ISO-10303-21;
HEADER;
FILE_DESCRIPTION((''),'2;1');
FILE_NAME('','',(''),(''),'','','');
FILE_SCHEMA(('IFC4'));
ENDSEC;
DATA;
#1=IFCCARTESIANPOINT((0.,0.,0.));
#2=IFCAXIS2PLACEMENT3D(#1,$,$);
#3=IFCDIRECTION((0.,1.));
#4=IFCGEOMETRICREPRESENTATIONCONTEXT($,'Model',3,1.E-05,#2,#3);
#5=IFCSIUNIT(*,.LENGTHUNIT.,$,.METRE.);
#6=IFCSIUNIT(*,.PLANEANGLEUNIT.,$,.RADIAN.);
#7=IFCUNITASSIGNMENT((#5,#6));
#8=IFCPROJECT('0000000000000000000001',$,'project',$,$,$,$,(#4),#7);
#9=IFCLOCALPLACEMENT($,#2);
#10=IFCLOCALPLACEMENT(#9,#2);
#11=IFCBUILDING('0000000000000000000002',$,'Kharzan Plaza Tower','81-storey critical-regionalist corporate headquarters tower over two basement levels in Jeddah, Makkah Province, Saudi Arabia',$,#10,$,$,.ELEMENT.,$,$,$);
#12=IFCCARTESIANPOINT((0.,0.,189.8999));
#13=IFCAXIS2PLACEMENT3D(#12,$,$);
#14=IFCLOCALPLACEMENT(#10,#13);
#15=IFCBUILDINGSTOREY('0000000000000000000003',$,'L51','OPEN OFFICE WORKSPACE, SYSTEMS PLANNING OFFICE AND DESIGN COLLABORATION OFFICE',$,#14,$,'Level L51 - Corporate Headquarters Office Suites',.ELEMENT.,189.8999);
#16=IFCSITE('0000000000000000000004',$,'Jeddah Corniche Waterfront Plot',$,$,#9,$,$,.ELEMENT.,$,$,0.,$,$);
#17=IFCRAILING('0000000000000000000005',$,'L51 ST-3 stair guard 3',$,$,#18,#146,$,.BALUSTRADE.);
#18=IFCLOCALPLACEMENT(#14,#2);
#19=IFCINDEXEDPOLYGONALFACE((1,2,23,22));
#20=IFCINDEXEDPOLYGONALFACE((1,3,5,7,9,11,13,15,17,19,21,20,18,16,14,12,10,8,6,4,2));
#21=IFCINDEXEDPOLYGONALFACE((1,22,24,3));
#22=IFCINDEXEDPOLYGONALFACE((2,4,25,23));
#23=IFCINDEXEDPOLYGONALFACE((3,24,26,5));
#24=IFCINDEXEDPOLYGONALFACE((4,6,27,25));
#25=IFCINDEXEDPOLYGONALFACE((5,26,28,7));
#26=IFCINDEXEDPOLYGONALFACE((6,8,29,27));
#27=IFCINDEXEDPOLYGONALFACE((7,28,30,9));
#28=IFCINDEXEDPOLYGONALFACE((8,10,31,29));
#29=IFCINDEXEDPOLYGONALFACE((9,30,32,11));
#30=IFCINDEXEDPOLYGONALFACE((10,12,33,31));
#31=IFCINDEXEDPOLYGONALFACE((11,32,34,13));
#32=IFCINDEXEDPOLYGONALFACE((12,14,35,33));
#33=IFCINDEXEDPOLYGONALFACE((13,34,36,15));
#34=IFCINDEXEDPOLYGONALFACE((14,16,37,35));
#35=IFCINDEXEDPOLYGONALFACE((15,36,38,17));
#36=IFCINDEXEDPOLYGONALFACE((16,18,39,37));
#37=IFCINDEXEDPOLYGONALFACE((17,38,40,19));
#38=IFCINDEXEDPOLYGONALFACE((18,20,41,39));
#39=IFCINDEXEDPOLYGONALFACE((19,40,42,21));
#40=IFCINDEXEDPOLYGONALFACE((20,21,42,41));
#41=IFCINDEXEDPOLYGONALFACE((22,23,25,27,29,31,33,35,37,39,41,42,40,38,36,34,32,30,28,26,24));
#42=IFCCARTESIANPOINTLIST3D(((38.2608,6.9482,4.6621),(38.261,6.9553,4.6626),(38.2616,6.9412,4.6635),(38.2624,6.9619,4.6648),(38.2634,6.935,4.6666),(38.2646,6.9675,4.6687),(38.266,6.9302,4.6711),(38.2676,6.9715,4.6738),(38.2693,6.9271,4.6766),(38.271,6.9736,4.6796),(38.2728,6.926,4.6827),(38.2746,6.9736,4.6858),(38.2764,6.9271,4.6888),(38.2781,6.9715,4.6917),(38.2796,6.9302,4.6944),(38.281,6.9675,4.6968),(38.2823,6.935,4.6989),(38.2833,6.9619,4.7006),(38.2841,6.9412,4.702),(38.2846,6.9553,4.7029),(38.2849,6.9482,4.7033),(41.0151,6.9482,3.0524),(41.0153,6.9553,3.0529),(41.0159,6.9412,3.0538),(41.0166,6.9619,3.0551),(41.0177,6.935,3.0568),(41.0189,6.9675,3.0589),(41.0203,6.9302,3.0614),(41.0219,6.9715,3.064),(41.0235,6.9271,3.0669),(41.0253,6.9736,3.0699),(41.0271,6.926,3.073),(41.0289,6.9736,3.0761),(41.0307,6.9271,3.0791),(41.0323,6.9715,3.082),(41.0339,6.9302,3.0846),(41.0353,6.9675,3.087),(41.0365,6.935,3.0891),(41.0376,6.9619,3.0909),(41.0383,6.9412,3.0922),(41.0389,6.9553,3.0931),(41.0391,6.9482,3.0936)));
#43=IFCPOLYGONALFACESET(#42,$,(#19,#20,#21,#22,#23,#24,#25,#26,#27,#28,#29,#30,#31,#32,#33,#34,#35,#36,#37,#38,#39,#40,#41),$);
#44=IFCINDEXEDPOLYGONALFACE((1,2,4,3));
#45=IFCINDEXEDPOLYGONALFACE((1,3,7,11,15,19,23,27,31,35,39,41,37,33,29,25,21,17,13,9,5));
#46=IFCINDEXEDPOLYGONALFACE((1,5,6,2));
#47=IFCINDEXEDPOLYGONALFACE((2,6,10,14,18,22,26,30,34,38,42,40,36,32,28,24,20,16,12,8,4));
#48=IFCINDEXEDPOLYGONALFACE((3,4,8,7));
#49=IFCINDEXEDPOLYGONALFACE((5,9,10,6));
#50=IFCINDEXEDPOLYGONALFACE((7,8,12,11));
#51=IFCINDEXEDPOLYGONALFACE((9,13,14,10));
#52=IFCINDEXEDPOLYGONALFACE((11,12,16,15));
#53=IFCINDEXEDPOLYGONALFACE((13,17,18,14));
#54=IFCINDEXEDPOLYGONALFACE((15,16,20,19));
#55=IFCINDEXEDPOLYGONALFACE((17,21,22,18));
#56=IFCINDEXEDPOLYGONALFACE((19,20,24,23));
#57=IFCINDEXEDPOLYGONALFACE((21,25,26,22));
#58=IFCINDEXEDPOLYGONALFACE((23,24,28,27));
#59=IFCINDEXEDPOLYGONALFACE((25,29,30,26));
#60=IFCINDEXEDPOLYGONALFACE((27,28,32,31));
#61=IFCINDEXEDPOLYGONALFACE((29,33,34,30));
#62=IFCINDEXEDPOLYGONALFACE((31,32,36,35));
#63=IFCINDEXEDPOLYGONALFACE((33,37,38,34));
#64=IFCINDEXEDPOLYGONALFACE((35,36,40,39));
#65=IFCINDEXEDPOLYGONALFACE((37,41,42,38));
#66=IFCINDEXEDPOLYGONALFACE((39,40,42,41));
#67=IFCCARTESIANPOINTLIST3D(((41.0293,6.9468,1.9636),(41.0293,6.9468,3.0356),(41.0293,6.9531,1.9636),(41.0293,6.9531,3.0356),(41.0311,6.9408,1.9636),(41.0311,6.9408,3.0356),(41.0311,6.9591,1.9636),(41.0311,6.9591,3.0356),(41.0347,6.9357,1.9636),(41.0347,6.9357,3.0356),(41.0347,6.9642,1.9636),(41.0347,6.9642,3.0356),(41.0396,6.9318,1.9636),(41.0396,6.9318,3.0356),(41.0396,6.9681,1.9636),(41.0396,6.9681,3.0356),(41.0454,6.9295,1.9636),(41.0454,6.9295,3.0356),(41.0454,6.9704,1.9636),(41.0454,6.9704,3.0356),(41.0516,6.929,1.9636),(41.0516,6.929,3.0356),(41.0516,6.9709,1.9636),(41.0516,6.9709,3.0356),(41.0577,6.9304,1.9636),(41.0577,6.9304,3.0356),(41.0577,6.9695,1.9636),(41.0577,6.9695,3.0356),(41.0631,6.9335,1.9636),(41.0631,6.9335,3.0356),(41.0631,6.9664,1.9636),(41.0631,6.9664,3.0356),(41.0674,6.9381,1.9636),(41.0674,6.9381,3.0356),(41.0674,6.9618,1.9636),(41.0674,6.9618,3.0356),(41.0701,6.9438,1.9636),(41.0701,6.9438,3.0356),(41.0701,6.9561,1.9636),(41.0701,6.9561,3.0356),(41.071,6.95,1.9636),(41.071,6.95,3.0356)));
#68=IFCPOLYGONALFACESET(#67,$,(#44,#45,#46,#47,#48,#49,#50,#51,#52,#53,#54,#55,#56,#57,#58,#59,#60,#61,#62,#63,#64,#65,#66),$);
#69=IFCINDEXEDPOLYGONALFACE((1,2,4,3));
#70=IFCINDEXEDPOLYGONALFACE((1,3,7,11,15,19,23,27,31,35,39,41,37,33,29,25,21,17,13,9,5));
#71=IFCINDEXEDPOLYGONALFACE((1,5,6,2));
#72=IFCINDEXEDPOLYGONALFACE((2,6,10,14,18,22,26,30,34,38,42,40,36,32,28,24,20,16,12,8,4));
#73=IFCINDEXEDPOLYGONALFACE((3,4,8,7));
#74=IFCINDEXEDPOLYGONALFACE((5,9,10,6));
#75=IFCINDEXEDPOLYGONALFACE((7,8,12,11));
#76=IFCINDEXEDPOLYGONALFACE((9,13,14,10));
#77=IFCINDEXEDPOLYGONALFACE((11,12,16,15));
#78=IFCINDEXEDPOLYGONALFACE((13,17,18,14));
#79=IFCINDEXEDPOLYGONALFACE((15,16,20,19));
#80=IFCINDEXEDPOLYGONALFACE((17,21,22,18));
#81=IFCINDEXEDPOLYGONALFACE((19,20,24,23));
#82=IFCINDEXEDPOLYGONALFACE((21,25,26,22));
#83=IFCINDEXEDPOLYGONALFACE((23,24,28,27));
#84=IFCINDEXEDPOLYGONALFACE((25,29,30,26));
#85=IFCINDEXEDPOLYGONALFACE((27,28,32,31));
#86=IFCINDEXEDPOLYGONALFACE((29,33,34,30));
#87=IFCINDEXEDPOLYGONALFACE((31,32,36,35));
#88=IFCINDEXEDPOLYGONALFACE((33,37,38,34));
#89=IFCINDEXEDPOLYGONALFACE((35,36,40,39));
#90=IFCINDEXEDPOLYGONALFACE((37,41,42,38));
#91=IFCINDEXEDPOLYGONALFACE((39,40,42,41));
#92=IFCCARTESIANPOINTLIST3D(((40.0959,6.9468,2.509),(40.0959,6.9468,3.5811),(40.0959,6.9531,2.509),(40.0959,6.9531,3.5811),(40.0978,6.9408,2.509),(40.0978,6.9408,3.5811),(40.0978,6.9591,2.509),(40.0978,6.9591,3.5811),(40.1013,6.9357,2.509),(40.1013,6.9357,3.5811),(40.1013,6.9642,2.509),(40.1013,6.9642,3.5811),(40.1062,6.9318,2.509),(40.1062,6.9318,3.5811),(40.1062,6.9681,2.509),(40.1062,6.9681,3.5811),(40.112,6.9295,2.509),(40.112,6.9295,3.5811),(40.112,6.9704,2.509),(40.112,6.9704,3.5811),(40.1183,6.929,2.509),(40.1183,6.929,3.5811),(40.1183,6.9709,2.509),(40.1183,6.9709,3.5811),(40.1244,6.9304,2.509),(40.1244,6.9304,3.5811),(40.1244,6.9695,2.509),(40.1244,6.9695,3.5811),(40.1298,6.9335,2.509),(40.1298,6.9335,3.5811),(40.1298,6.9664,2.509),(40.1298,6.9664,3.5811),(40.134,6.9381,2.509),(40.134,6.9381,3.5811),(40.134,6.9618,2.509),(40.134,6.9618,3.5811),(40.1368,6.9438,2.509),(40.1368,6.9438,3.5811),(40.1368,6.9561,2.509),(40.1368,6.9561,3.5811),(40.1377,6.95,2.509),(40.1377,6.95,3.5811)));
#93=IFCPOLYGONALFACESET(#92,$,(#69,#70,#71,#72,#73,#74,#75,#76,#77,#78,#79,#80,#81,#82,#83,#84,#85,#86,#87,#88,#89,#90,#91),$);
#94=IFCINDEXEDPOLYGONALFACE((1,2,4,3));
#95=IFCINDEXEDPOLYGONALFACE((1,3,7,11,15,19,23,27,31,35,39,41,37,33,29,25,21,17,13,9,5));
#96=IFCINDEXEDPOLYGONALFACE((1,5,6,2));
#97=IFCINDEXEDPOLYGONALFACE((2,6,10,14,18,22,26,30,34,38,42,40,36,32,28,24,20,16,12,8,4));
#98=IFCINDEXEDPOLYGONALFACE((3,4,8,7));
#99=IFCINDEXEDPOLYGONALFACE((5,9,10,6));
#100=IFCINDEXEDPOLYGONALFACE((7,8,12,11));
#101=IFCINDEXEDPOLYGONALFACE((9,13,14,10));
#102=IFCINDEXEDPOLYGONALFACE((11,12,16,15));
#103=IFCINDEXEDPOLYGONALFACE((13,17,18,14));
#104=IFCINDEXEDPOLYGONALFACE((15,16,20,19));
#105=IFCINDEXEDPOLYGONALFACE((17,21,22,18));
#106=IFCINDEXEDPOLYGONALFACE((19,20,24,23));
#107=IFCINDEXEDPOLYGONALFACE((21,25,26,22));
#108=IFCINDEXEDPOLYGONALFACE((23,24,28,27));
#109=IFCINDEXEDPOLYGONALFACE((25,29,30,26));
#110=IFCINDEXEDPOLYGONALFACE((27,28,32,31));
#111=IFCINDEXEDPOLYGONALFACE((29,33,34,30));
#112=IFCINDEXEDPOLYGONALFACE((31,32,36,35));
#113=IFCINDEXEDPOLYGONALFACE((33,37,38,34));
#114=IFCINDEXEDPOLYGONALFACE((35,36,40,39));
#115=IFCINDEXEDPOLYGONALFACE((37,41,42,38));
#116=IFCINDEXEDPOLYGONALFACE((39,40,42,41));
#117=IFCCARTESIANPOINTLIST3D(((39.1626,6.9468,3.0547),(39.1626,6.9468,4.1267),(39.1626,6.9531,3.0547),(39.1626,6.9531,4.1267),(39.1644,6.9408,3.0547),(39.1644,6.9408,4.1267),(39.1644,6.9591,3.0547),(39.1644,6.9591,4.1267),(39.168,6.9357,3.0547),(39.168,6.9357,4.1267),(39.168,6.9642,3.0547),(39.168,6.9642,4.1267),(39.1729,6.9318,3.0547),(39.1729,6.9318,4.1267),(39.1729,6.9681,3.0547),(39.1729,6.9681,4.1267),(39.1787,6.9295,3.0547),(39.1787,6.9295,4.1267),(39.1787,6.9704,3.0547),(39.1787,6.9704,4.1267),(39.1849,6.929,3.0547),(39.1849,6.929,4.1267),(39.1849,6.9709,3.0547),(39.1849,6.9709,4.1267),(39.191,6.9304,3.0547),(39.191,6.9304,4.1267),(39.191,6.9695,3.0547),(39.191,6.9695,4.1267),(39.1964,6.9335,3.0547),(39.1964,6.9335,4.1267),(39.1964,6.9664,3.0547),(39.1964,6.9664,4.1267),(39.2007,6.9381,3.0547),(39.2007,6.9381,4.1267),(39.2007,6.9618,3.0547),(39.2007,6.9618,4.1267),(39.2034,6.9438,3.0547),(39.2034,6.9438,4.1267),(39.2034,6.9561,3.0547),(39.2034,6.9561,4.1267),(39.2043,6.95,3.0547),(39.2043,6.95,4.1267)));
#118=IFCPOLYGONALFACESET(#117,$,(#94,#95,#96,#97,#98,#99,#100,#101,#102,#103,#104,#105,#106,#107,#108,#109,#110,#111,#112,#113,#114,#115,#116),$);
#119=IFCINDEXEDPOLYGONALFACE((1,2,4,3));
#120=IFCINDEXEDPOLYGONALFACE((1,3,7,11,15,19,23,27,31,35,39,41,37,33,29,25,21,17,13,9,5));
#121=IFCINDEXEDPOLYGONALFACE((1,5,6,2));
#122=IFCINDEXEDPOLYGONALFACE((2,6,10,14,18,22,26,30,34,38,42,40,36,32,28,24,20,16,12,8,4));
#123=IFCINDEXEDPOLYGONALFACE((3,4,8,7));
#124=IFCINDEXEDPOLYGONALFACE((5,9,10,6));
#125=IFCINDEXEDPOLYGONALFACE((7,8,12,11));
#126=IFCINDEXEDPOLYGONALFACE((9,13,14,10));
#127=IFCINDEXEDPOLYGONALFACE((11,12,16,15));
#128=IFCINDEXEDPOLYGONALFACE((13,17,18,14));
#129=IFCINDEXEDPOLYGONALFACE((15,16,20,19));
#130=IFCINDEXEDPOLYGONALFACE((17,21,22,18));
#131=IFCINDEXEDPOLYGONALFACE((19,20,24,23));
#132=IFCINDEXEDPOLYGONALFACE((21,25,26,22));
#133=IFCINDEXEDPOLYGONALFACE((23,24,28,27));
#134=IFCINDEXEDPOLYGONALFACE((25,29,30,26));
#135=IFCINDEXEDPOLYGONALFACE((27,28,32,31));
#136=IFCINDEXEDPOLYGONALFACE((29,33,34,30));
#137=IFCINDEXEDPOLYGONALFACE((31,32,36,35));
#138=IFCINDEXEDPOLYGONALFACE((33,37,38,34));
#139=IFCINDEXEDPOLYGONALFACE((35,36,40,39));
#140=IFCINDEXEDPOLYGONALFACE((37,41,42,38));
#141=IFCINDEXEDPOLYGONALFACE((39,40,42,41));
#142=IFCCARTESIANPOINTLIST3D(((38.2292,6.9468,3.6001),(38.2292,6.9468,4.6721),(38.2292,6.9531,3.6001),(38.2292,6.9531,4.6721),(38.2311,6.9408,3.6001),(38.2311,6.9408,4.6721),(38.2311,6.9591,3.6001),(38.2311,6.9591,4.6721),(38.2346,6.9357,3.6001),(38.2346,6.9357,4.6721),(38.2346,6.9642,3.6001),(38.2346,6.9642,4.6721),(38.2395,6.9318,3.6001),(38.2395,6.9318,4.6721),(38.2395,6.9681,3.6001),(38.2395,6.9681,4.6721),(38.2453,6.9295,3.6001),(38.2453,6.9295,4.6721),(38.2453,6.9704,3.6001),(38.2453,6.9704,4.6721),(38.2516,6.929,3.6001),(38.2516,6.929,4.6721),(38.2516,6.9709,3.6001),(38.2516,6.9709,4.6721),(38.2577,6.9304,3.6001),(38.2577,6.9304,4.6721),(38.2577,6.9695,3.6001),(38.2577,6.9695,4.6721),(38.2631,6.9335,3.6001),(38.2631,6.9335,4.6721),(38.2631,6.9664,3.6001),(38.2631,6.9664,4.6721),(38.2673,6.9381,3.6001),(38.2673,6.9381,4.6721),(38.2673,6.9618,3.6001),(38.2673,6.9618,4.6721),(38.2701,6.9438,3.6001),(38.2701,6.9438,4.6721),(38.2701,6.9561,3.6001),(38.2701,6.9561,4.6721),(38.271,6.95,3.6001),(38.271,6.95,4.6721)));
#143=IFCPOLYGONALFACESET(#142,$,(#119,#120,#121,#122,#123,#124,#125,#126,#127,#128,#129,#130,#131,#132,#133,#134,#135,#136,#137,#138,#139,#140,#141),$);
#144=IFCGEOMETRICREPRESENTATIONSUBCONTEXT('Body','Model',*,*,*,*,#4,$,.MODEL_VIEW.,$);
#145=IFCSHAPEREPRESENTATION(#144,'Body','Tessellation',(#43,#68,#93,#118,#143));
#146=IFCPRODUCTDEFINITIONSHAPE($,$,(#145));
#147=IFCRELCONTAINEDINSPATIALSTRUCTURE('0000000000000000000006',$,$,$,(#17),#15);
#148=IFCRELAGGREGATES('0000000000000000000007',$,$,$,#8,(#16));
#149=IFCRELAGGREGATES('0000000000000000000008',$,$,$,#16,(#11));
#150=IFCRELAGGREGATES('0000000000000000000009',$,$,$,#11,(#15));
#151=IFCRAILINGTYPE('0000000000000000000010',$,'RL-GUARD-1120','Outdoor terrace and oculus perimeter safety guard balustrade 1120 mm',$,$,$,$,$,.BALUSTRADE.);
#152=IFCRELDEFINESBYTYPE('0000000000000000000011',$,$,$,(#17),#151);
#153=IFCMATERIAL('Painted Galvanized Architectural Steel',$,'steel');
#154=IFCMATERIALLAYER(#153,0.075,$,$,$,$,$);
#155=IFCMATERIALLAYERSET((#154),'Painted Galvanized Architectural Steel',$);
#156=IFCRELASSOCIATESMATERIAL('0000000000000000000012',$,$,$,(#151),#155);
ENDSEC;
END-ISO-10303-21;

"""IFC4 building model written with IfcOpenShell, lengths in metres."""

from ifc_helpers import new_model, si_unit, direction, frame, origin, origin_2d, place, context, subcontext, project, spatial, circle, extrude, source, transform, mapped, material, layer, layer_set, type_object, element, save


model = new_model("IFC4")

# Units and contexts
model_context = context("Model", 3, precision=1e-05, world=origin(), true_north=direction((0.0, 1.0)))
body_context = subcontext(model_context, "Body", "Model", "MODEL_VIEW")
ifc_project = project(units=[si_unit("LENGTHUNIT", "METRE"), si_unit("PLANEANGLEUNIT", "RADIAN")], contexts=[model_context])

# Site, building, storey
site_placement = place(None, origin())
site = spatial("IfcSite", under=ifc_project, at=site_placement, Name="Jeddah Corniche Waterfront Plot", CompositionType="ELEMENT", RefElevation=0.0)
building_placement = place(site_placement, origin())
building = spatial("IfcBuilding", under=site, at=building_placement, Name="Kharzan Plaza Tower", Description="81-storey critical-regionalist corporate headquarters tower over two basement levels in Jeddah, Makkah Province, Saudi Arabia", CompositionType="ELEMENT")
storey_placement = place(building_placement, frame((0.0, 0.0, 189.8999)))
storey = spatial("IfcBuildingStorey", under=building, at=storey_placement, Name="L51", Description="OPEN OFFICE WORKSPACE, SYSTEMS PLANNING OFFICE AND DESIGN COLLABORATION OFFICE", LongName="Level L51 - Corporate Headquarters Office Suites", CompositionType="ELEMENT", Elevation=189.8999)

# Railing
ifc_material_1 = material(Name="Painted Galvanized Architectural Steel", Category="steel")
ifc_layer_1 = layer(ifc_material_1, 0.075)
ifc_layer_set_1 = layer_set([ifc_layer_1], Name="Painted Galvanized Architectural Steel")
railing_type_1 = type_object("IfcRailingType", Name="RL-GUARD-1120", Description="Outdoor terrace and oculus perimeter safety guard balustrade 1120 mm", PredefinedType="BALUSTRADE", material=ifc_layer_set_1)
shared_shape_1 = source(origin(), body_context, "Body", "SweptSolid", [
    extrude(circle(Radius=0.0239, at=origin_2d()), frame((-0.0229, 0.0, 1.1094), z_axis=(-0.863361, 0.0, 0.504587), x_axis=(0.0, -1.0, 0.0)), (0.0, 0.0, 1.0), 3.1902),
    extrude(circle(Radius=0.021, at=origin_2d()), origin(), (0.0, 0.0, 1.0), 1.072),
    extrude(circle(Radius=0.021, at=origin_2d()), frame((-0.9333, 0.0, 0.5454)), (0.0, 0.0, 1.0), 1.072),
    extrude(circle(Radius=0.021, at=origin_2d()), frame((-1.8667, 0.0, 1.0911)), (0.0, 0.0, 1.0), 1.072),
    extrude(circle(Radius=0.021, at=origin_2d()), frame((-2.8, 0.0, 1.6365)), (0.0, 0.0, 1.0), 1.072),
])
railing_1_placement = place(storey_placement, frame((41.05, 6.95, 1.9636)))
element("IfcRailing", 1, at=railing_1_placement, inside=storey, type_object=railing_type_1, Name="L51 ST-3 stair guard 3", PredefinedType="BALUSTRADE", context=body_context, shape_type="MappedRepresentation", body=[
    mapped(shared_shape_1, transform((0.0, 0.0, 0.0), x_axis=(1.0, 0.0, 0.0), y_axis=(0.0, 1.0, 0.0), z_axis=(0.0, 0.0, 1.0))),
])

save(model, "model.ifc")
